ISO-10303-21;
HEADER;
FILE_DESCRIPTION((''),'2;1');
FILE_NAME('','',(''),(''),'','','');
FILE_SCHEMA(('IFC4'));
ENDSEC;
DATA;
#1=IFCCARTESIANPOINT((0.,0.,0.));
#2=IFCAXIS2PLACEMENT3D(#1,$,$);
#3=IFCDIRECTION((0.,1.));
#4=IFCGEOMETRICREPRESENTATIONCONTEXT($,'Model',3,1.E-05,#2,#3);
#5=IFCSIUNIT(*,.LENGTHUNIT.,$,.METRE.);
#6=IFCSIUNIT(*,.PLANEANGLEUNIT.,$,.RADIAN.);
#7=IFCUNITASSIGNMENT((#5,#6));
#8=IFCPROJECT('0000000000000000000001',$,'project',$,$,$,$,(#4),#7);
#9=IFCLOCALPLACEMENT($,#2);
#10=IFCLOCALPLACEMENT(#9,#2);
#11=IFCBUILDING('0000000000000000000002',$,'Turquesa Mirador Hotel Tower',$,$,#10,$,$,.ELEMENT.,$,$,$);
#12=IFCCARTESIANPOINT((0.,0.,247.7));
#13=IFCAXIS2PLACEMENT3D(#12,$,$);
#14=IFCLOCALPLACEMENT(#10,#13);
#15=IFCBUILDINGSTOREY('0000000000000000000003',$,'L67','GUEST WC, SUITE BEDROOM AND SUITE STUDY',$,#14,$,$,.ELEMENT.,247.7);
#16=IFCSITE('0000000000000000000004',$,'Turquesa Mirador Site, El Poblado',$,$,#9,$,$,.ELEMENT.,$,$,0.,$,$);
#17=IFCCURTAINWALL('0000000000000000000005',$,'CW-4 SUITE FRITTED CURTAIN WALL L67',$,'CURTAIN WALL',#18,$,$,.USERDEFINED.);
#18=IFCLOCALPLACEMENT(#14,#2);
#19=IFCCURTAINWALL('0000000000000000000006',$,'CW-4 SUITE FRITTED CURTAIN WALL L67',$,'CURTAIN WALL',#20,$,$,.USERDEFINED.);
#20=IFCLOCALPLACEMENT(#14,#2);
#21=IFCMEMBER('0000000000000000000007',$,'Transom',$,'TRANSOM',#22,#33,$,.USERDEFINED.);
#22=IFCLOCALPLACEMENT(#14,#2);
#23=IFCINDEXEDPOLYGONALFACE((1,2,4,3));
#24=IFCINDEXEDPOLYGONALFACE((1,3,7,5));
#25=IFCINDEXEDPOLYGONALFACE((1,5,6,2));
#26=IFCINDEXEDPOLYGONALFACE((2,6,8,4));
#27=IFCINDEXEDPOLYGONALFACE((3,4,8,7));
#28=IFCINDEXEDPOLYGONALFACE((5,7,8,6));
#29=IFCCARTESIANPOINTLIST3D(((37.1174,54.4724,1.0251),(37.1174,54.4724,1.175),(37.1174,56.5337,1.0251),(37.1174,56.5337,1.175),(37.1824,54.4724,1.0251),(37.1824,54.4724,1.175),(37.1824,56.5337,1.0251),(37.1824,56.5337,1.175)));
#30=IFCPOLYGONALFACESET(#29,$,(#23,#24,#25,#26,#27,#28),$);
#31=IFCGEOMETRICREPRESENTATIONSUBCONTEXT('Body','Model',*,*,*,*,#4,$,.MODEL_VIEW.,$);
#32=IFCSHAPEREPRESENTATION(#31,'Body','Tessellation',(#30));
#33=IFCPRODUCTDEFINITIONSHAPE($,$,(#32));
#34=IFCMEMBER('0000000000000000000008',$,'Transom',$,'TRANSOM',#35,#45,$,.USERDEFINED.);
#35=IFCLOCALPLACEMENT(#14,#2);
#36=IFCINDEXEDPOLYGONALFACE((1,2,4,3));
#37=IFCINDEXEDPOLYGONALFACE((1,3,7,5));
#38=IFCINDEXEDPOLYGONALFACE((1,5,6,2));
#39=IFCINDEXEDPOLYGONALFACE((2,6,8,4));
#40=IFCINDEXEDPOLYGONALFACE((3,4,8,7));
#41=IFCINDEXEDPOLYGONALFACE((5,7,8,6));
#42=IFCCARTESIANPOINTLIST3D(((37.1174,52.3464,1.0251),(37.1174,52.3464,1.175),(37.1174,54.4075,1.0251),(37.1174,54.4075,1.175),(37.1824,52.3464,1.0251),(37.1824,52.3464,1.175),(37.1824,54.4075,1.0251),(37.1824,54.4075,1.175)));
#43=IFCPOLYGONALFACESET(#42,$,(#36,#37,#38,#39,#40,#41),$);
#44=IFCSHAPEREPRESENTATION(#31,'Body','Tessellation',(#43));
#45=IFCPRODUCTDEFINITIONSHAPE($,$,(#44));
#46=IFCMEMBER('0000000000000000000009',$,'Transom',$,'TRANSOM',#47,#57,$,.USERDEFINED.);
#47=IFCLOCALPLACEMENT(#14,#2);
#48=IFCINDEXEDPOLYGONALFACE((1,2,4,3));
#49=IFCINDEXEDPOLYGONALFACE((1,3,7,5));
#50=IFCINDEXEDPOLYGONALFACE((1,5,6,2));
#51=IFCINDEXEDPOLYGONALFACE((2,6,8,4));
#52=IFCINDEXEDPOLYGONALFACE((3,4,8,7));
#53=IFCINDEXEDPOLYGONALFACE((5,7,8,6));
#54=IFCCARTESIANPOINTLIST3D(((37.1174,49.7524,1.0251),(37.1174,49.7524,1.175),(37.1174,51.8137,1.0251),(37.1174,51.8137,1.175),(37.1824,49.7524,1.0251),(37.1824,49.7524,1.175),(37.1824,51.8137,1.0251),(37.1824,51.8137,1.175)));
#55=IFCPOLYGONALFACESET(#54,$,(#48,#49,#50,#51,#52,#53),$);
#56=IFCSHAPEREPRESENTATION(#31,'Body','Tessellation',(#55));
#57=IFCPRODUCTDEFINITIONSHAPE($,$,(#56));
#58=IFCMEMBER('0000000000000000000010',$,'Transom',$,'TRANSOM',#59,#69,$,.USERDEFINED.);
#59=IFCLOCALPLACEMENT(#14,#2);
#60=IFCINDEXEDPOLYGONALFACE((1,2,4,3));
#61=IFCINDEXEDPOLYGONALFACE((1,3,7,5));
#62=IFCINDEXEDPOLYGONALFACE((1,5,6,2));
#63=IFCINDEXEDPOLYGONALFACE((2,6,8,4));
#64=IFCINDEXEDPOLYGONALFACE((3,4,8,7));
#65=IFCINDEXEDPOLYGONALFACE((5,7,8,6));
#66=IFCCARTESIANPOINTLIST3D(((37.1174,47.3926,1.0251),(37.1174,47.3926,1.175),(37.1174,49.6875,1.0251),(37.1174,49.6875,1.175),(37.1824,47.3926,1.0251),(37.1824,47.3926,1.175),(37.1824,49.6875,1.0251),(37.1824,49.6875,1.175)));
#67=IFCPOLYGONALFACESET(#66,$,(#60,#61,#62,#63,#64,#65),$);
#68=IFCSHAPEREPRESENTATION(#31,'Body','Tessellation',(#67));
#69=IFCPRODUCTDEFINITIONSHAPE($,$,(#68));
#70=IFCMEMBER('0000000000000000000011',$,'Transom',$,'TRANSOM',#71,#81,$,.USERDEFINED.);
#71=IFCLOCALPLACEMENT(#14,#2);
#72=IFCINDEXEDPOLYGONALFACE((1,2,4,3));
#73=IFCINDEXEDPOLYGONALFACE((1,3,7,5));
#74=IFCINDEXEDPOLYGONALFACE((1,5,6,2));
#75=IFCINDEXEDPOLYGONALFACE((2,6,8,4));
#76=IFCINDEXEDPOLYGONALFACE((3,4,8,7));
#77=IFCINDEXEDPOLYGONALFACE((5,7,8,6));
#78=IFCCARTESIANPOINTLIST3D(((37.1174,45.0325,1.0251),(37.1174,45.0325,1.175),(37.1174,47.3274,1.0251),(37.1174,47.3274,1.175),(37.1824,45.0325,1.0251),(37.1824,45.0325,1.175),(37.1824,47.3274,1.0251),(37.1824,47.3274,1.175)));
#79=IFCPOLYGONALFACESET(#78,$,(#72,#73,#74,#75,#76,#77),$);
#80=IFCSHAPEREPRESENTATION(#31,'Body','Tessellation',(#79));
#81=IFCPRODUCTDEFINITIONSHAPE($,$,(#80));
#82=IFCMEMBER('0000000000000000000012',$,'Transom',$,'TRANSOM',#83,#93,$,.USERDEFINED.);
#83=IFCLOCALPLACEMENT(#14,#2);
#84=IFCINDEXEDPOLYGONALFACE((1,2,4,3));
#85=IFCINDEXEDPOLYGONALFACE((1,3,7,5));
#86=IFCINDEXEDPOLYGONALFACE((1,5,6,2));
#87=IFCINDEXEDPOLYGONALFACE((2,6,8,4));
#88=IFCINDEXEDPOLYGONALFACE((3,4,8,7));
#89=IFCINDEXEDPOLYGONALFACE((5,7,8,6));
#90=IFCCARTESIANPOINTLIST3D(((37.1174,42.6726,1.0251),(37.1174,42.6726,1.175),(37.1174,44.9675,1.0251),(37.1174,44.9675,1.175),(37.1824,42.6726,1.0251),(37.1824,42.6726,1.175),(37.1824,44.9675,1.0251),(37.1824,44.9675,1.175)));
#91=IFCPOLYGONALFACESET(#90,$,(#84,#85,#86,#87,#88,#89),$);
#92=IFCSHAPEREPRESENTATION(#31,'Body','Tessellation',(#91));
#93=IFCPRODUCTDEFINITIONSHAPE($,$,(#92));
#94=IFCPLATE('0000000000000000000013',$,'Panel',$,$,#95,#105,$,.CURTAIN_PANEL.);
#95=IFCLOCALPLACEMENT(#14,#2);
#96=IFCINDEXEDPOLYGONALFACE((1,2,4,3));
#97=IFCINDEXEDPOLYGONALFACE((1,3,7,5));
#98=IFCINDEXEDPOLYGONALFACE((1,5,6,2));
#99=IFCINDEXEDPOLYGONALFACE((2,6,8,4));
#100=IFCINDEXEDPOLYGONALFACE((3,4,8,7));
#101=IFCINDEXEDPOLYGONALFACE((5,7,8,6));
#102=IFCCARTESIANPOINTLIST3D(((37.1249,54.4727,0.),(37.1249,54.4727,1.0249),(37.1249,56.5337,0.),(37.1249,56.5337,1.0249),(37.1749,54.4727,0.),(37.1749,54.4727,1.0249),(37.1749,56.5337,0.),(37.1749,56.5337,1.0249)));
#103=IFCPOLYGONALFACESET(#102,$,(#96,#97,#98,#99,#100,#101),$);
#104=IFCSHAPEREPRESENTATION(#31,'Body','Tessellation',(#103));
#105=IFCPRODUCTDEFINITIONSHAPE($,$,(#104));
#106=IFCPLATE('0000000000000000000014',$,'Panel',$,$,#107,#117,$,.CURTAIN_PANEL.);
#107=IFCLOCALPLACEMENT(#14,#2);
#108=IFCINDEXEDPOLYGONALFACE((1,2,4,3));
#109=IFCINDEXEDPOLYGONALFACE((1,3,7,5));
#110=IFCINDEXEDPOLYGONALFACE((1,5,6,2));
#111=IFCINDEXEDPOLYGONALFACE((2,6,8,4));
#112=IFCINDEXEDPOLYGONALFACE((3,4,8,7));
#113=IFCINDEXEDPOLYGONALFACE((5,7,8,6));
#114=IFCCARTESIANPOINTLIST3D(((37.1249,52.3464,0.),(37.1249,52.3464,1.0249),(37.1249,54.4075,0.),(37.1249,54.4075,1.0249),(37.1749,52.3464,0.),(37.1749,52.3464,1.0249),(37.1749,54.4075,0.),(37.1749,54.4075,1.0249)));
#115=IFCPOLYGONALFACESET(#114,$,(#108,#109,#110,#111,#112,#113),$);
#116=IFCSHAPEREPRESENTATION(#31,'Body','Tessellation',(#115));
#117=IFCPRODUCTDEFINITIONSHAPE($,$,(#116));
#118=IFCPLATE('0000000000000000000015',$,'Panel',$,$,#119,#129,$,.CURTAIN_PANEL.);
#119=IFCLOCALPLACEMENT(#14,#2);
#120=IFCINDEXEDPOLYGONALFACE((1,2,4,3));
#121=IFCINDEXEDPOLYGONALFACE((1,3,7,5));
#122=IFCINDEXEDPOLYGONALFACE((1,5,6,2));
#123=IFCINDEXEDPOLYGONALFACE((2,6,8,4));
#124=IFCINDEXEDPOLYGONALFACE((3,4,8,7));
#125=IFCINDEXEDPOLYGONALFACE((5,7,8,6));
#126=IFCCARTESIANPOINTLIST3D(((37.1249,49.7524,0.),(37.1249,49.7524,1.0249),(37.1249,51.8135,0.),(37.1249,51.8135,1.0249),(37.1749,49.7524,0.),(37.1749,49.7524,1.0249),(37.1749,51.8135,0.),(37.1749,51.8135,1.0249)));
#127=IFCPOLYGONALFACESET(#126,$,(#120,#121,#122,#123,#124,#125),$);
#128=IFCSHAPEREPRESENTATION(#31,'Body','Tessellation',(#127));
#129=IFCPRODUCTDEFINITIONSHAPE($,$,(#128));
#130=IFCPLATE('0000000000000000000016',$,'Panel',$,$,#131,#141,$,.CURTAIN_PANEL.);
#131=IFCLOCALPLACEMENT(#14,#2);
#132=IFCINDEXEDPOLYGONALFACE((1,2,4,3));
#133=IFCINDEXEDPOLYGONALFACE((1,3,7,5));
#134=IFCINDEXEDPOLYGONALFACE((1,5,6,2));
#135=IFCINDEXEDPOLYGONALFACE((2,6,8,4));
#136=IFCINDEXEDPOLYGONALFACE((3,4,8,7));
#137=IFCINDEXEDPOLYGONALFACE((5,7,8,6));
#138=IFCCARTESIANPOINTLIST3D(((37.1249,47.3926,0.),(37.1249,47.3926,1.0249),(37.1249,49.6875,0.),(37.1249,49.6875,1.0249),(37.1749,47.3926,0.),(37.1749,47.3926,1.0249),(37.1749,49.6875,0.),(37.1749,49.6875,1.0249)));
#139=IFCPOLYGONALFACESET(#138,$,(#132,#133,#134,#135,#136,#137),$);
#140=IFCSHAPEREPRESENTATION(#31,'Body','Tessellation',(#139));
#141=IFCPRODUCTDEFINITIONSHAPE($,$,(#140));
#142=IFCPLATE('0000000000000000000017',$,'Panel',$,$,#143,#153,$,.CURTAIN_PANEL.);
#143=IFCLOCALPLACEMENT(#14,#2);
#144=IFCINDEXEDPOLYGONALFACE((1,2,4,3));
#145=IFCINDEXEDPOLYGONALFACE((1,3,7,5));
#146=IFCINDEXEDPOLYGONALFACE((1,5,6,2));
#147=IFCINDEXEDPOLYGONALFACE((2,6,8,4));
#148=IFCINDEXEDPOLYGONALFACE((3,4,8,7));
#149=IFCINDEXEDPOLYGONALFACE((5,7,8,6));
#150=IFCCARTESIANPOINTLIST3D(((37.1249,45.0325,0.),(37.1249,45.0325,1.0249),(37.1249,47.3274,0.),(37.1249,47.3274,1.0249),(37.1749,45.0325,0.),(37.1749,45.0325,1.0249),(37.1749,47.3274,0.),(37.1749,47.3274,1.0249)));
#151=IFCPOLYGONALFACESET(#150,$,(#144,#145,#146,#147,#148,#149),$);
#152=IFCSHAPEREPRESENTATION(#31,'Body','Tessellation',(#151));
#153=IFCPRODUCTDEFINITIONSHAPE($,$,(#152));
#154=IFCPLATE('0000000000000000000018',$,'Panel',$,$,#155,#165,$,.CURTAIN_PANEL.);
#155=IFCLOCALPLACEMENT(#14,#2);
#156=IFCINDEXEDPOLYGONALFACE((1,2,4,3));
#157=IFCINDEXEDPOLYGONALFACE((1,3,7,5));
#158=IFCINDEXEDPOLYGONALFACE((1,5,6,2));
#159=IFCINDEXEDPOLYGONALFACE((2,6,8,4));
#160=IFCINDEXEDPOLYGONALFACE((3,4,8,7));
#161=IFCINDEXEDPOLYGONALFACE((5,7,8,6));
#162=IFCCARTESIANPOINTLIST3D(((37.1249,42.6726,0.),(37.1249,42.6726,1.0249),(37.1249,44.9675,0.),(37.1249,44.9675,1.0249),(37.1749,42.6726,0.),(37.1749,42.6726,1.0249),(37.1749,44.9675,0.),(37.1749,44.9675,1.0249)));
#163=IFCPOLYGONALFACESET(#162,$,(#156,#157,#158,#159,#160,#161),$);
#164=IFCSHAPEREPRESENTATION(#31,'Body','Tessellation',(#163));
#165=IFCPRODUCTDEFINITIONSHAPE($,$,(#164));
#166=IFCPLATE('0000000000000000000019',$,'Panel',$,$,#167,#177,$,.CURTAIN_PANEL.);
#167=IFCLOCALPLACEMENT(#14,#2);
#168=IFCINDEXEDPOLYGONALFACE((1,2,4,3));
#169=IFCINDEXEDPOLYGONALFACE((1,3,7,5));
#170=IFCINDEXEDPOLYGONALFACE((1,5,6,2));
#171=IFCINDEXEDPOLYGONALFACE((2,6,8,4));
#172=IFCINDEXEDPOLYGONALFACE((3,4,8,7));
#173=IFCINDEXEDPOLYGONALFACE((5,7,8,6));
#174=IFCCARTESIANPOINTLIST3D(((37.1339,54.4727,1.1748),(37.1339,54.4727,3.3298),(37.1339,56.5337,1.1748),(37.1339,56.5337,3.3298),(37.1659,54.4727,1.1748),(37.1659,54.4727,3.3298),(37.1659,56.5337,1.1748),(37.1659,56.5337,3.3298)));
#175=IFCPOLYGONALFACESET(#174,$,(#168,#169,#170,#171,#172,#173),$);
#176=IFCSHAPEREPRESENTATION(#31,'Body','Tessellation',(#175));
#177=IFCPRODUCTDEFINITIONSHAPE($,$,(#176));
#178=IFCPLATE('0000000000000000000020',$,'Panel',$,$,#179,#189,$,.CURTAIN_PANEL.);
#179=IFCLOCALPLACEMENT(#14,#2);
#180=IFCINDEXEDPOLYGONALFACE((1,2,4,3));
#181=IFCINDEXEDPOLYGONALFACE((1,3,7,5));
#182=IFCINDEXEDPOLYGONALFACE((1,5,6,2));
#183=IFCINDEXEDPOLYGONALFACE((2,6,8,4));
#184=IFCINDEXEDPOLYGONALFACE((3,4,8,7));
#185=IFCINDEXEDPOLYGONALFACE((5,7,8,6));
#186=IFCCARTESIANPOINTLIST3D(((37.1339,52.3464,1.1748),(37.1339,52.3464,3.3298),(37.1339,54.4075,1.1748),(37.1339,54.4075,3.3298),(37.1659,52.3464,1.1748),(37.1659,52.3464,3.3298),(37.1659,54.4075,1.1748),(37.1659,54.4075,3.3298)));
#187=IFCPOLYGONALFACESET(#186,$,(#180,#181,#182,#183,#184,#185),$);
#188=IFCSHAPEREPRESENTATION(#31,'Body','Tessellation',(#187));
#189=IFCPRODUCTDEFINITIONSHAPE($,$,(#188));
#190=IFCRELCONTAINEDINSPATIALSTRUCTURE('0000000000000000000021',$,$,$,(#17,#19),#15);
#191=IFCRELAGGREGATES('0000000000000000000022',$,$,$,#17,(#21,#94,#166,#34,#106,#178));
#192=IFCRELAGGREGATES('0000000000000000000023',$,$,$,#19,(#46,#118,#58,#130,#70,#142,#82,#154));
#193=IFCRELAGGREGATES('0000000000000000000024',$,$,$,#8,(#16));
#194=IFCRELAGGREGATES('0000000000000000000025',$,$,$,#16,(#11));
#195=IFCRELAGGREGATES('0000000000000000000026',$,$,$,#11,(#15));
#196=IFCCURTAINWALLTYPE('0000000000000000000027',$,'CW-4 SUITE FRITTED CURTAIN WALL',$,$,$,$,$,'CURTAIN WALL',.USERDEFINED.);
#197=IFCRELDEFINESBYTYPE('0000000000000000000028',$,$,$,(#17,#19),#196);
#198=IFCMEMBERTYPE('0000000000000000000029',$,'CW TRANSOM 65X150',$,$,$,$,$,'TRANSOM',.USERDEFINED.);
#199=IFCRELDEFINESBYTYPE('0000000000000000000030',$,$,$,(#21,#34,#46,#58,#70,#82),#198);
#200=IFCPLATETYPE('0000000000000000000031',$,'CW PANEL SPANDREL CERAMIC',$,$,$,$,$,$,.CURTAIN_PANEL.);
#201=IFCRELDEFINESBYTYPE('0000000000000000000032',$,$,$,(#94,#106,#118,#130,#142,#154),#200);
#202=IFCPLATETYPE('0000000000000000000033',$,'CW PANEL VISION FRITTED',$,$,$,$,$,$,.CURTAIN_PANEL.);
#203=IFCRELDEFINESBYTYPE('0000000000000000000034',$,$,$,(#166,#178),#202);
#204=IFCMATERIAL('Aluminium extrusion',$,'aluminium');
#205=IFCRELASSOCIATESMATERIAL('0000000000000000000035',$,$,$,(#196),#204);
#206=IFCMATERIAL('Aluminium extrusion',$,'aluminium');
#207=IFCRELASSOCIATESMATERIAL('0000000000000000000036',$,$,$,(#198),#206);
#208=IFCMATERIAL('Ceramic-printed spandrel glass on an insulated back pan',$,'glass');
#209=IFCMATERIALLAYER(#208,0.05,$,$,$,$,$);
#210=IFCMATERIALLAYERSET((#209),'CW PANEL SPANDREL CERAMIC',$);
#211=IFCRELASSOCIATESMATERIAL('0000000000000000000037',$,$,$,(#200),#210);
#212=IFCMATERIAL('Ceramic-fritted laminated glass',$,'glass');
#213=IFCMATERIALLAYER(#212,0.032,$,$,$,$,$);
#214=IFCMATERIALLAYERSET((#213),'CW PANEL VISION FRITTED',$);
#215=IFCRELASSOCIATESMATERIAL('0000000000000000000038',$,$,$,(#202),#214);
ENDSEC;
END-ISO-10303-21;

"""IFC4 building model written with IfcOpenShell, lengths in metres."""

from ifc_helpers import new_model, si_unit, direction, frame, origin, origin_2d, place, context, subcontext, project, spatial, rectangle, extrude, material, layer, layer_set, material_profile, profile_set, type_object, element, aggregate, save


model = new_model("IFC4")

# Units and contexts
model_context = context("Model", 3, precision=1e-05, world=origin(), true_north=direction((0.0, 1.0)))
body_context = subcontext(model_context, "Body", "Model", "MODEL_VIEW")
ifc_project = project(units=[si_unit("LENGTHUNIT", "METRE"), si_unit("PLANEANGLEUNIT", "RADIAN")], contexts=[model_context])

# Site, building, storey
site_placement = place(None, origin())
site = spatial("IfcSite", under=ifc_project, at=site_placement, Name="Turquesa Mirador Site, El Poblado", CompositionType="ELEMENT", RefElevation=0.0)
building_placement = place(site_placement, origin())
building = spatial("IfcBuilding", under=site, at=building_placement, Name="Turquesa Mirador Hotel Tower", CompositionType="ELEMENT")
storey_placement = place(building_placement, frame((0.0, 0.0, 247.7)))
storey = spatial("IfcBuildingStorey", under=building, at=storey_placement, Name="L67", Description="GUEST WC, SUITE BEDROOM AND SUITE STUDY", CompositionType="ELEMENT", Elevation=247.7)

# Curtain walls
ifc_material_1 = material(Name="Aluminium extrusion", Category="aluminium")
curtain_wall_type = type_object("IfcCurtainWallType", Name="CW-4 SUITE FRITTED CURTAIN WALL", ElementType="CURTAIN WALL", PredefinedType="USERDEFINED", material=ifc_material_1)
curtain_wall_1_placement = place(storey_placement, origin())
curtain_wall_1 = element("IfcCurtainWall", 1, at=curtain_wall_1_placement, inside=storey, type_object=curtain_wall_type, Name="CW-4 SUITE FRITTED CURTAIN WALL L67", ObjectType="CURTAIN WALL", PredefinedType="USERDEFINED")
curtain_wall_2_placement = place(storey_placement, origin())
curtain_wall_2 = element("IfcCurtainWall", 2, at=curtain_wall_2_placement, inside=storey, type_object=curtain_wall_type, Name="CW-4 SUITE FRITTED CURTAIN WALL L67", ObjectType="CURTAIN WALL", PredefinedType="USERDEFINED")

# Members
ifc_material_2 = material(Name="Aluminium extrusion", Category="aluminium")
ifc_material_profile_1 = material_profile(ifc_material_2, rectangle(XDim=0.0649, YDim=0.1499, at=origin_2d()), Name="TRANSOM 65X150")
ifc_profile_set_1 = profile_set([ifc_material_profile_1], Name="Aluminium extrusion")
member_type_1 = type_object("IfcMemberType", Name="CW TRANSOM 65X150", ElementType="TRANSOM", PredefinedType="USERDEFINED", material=ifc_profile_set_1)
member_1_placement = place(storey_placement, frame((37.1499, 56.5337, 1.1001), z_axis=(0.0, -1.0, 0.0), x_axis=(1.0, 0.0, 0.0)))
member_1 = element("IfcMember", 3, at=member_1_placement, type_object=member_type_1, Name="Transom", ObjectType="TRANSOM", PredefinedType="USERDEFINED", context=body_context, shape_type="SweptSolid", body=[
    extrude(rectangle(XDim=0.0649, YDim=0.1499, at=origin_2d()), origin(), (0.0, 0.0, 1.0), 2.0613),
])
member_2_placement = place(storey_placement, frame((37.1499, 54.4075, 1.1001), z_axis=(0.0, -1.0, 0.0), x_axis=(1.0, 0.0, 0.0)))
member_2 = element("IfcMember", 4, at=member_2_placement, type_object=member_type_1, Name="Transom", ObjectType="TRANSOM", PredefinedType="USERDEFINED", context=body_context, shape_type="SweptSolid", body=[
    extrude(rectangle(XDim=0.0649, YDim=0.1499, at=origin_2d()), origin(), (0.0, 0.0, 1.0), 2.061),
])
member_3_placement = place(storey_placement, frame((37.1499, 51.8137, 1.1001), z_axis=(0.0, -1.0, 0.0), x_axis=(1.0, 0.0, 0.0)))
member_3 = element("IfcMember", 5, at=member_3_placement, type_object=member_type_1, Name="Transom", ObjectType="TRANSOM", PredefinedType="USERDEFINED", context=body_context, shape_type="SweptSolid", body=[
    extrude(rectangle(XDim=0.0649, YDim=0.1499, at=origin_2d()), origin(), (0.0, 0.0, 1.0), 2.0613),
])
member_4_placement = place(storey_placement, frame((37.1499, 49.6875, 1.1001), z_axis=(0.0, -1.0, 0.0), x_axis=(1.0, 0.0, 0.0)))
member_4 = element("IfcMember", 6, at=member_4_placement, type_object=member_type_1, Name="Transom", ObjectType="TRANSOM", PredefinedType="USERDEFINED", context=body_context, shape_type="SweptSolid", body=[
    extrude(rectangle(XDim=0.0649, YDim=0.1499, at=origin_2d()), origin(), (0.0, 0.0, 1.0), 2.2949),
])
member_5_placement = place(storey_placement, frame((37.1499, 47.3274, 1.1001), z_axis=(0.0, -1.0, 0.0), x_axis=(1.0, 0.0, 0.0)))
member_5 = element("IfcMember", 7, at=member_5_placement, type_object=member_type_1, Name="Transom", ObjectType="TRANSOM", PredefinedType="USERDEFINED", context=body_context, shape_type="SweptSolid", body=[
    extrude(rectangle(XDim=0.0649, YDim=0.1499, at=origin_2d()), origin(), (0.0, 0.0, 1.0), 2.2949),
])
member_6_placement = place(storey_placement, frame((37.1499, 44.9675, 1.1001), z_axis=(0.0, -1.0, 0.0), x_axis=(1.0, 0.0, 0.0)))
member_6 = element("IfcMember", 8, at=member_6_placement, type_object=member_type_1, Name="Transom", ObjectType="TRANSOM", PredefinedType="USERDEFINED", context=body_context, shape_type="SweptSolid", body=[
    extrude(rectangle(XDim=0.0649, YDim=0.1499, at=origin_2d()), origin(), (0.0, 0.0, 1.0), 2.2949),
])

# Plates
ifc_material_3 = material(Name="Ceramic-printed spandrel glass on an insulated back pan", Category="glass")
ifc_layer_1 = layer(ifc_material_3, 0.05)
ifc_layer_set_1 = layer_set([ifc_layer_1], Name="CW PANEL SPANDREL CERAMIC")
plate_type_1 = type_object("IfcPlateType", Name="CW PANEL SPANDREL CERAMIC", PredefinedType="CURTAIN_PANEL", material=ifc_layer_set_1)
plate_1_placement = place(storey_placement, frame((37.1499, 55.5032, 0.0), z_axis=(0.0, 0.0, 1.0), x_axis=(0.0, -1.0, 0.0)))
plate_1 = element("IfcPlate", 9, at=plate_1_placement, type_object=plate_type_1, Name="Panel", PredefinedType="CURTAIN_PANEL", context=body_context, shape_type="SweptSolid", body=[
    extrude(rectangle(XDim=2.061, YDim=0.05, at=origin_2d()), origin(), (0.0, 0.0, 1.0), 1.0249),
])
plate_2_placement = place(storey_placement, frame((37.1499, 53.377, 0.0), z_axis=(0.0, 0.0, 1.0), x_axis=(0.0, -1.0, 0.0)))
plate_2 = element("IfcPlate", 10, at=plate_2_placement, type_object=plate_type_1, Name="Panel", PredefinedType="CURTAIN_PANEL", context=body_context, shape_type="SweptSolid", body=[
    extrude(rectangle(XDim=2.061, YDim=0.05, at=origin_2d()), origin(), (0.0, 0.0, 1.0), 1.0249),
])
plate_3_placement = place(storey_placement, frame((37.1499, 50.783, 0.0), z_axis=(0.0, 0.0, 1.0), x_axis=(0.0, -1.0, 0.0)))
plate_3 = element("IfcPlate", 11, at=plate_3_placement, type_object=plate_type_1, Name="Panel", PredefinedType="CURTAIN_PANEL", context=body_context, shape_type="SweptSolid", body=[
    extrude(rectangle(XDim=2.061, YDim=0.05, at=origin_2d()), origin(), (0.0, 0.0, 1.0), 1.0249),
])
plate_4_placement = place(storey_placement, frame((37.1499, 48.54, 0.0), z_axis=(0.0, 0.0, 1.0), x_axis=(0.0, -1.0, 0.0)))
plate_4 = element("IfcPlate", 12, at=plate_4_placement, type_object=plate_type_1, Name="Panel", PredefinedType="CURTAIN_PANEL", context=body_context, shape_type="SweptSolid", body=[
    extrude(rectangle(XDim=2.2949, YDim=0.05, at=origin_2d()), origin(), (0.0, 0.0, 1.0), 1.0249),
])
plate_5_placement = place(storey_placement, frame((37.1499, 46.1799, 0.0), z_axis=(0.0, 0.0, 1.0), x_axis=(0.0, -1.0, 0.0)))
plate_5 = element("IfcPlate", 13, at=plate_5_placement, type_object=plate_type_1, Name="Panel", PredefinedType="CURTAIN_PANEL", context=body_context, shape_type="SweptSolid", body=[
    extrude(rectangle(XDim=2.2949, YDim=0.05, at=origin_2d()), origin(), (0.0, 0.0, 1.0), 1.0249),
])
plate_6_placement = place(storey_placement, frame((37.1499, 43.8201, 0.0), z_axis=(0.0, 0.0, 1.0), x_axis=(0.0, -1.0, 0.0)))
plate_6 = element("IfcPlate", 14, at=plate_6_placement, type_object=plate_type_1, Name="Panel", PredefinedType="CURTAIN_PANEL", context=body_context, shape_type="SweptSolid", body=[
    extrude(rectangle(XDim=2.2949, YDim=0.05, at=origin_2d()), origin(), (0.0, 0.0, 1.0), 1.0249),
])
ifc_material_4 = material(Name="Ceramic-fritted laminated glass", Category="glass")
ifc_layer_2 = layer(ifc_material_4, 0.032)
ifc_layer_set_2 = layer_set([ifc_layer_2], Name="CW PANEL VISION FRITTED")
plate_type_2 = type_object("IfcPlateType", Name="CW PANEL VISION FRITTED", PredefinedType="CURTAIN_PANEL", material=ifc_layer_set_2)
plate_7_placement = place(storey_placement, frame((37.1499, 55.5032, 1.1748), z_axis=(0.0, 0.0, 1.0), x_axis=(0.0, -1.0, 0.0)))
plate_7 = element("IfcPlate", 15, at=plate_7_placement, type_object=plate_type_2, Name="Panel", PredefinedType="CURTAIN_PANEL", context=body_context, shape_type="SweptSolid", body=[
    extrude(rectangle(XDim=2.061, YDim=0.032, at=origin_2d()), origin(), (0.0, 0.0, 1.0), 2.155),
])
plate_8_placement = place(storey_placement, frame((37.1499, 53.377, 1.1748), z_axis=(0.0, 0.0, 1.0), x_axis=(0.0, -1.0, 0.0)))
plate_8 = element("IfcPlate", 16, at=plate_8_placement, type_object=plate_type_2, Name="Panel", PredefinedType="CURTAIN_PANEL", context=body_context, shape_type="SweptSolid", body=[
    extrude(rectangle(XDim=2.061, YDim=0.032, at=origin_2d()), origin(), (0.0, 0.0, 1.0), 2.155),
])
aggregate(curtain_wall_1, [member_1, plate_1, plate_7, member_2, plate_2, plate_8])
aggregate(curtain_wall_2, [member_3, plate_3, member_4, plate_4, member_5, plate_5, member_6, plate_6])

save(model, "model.ifc")
